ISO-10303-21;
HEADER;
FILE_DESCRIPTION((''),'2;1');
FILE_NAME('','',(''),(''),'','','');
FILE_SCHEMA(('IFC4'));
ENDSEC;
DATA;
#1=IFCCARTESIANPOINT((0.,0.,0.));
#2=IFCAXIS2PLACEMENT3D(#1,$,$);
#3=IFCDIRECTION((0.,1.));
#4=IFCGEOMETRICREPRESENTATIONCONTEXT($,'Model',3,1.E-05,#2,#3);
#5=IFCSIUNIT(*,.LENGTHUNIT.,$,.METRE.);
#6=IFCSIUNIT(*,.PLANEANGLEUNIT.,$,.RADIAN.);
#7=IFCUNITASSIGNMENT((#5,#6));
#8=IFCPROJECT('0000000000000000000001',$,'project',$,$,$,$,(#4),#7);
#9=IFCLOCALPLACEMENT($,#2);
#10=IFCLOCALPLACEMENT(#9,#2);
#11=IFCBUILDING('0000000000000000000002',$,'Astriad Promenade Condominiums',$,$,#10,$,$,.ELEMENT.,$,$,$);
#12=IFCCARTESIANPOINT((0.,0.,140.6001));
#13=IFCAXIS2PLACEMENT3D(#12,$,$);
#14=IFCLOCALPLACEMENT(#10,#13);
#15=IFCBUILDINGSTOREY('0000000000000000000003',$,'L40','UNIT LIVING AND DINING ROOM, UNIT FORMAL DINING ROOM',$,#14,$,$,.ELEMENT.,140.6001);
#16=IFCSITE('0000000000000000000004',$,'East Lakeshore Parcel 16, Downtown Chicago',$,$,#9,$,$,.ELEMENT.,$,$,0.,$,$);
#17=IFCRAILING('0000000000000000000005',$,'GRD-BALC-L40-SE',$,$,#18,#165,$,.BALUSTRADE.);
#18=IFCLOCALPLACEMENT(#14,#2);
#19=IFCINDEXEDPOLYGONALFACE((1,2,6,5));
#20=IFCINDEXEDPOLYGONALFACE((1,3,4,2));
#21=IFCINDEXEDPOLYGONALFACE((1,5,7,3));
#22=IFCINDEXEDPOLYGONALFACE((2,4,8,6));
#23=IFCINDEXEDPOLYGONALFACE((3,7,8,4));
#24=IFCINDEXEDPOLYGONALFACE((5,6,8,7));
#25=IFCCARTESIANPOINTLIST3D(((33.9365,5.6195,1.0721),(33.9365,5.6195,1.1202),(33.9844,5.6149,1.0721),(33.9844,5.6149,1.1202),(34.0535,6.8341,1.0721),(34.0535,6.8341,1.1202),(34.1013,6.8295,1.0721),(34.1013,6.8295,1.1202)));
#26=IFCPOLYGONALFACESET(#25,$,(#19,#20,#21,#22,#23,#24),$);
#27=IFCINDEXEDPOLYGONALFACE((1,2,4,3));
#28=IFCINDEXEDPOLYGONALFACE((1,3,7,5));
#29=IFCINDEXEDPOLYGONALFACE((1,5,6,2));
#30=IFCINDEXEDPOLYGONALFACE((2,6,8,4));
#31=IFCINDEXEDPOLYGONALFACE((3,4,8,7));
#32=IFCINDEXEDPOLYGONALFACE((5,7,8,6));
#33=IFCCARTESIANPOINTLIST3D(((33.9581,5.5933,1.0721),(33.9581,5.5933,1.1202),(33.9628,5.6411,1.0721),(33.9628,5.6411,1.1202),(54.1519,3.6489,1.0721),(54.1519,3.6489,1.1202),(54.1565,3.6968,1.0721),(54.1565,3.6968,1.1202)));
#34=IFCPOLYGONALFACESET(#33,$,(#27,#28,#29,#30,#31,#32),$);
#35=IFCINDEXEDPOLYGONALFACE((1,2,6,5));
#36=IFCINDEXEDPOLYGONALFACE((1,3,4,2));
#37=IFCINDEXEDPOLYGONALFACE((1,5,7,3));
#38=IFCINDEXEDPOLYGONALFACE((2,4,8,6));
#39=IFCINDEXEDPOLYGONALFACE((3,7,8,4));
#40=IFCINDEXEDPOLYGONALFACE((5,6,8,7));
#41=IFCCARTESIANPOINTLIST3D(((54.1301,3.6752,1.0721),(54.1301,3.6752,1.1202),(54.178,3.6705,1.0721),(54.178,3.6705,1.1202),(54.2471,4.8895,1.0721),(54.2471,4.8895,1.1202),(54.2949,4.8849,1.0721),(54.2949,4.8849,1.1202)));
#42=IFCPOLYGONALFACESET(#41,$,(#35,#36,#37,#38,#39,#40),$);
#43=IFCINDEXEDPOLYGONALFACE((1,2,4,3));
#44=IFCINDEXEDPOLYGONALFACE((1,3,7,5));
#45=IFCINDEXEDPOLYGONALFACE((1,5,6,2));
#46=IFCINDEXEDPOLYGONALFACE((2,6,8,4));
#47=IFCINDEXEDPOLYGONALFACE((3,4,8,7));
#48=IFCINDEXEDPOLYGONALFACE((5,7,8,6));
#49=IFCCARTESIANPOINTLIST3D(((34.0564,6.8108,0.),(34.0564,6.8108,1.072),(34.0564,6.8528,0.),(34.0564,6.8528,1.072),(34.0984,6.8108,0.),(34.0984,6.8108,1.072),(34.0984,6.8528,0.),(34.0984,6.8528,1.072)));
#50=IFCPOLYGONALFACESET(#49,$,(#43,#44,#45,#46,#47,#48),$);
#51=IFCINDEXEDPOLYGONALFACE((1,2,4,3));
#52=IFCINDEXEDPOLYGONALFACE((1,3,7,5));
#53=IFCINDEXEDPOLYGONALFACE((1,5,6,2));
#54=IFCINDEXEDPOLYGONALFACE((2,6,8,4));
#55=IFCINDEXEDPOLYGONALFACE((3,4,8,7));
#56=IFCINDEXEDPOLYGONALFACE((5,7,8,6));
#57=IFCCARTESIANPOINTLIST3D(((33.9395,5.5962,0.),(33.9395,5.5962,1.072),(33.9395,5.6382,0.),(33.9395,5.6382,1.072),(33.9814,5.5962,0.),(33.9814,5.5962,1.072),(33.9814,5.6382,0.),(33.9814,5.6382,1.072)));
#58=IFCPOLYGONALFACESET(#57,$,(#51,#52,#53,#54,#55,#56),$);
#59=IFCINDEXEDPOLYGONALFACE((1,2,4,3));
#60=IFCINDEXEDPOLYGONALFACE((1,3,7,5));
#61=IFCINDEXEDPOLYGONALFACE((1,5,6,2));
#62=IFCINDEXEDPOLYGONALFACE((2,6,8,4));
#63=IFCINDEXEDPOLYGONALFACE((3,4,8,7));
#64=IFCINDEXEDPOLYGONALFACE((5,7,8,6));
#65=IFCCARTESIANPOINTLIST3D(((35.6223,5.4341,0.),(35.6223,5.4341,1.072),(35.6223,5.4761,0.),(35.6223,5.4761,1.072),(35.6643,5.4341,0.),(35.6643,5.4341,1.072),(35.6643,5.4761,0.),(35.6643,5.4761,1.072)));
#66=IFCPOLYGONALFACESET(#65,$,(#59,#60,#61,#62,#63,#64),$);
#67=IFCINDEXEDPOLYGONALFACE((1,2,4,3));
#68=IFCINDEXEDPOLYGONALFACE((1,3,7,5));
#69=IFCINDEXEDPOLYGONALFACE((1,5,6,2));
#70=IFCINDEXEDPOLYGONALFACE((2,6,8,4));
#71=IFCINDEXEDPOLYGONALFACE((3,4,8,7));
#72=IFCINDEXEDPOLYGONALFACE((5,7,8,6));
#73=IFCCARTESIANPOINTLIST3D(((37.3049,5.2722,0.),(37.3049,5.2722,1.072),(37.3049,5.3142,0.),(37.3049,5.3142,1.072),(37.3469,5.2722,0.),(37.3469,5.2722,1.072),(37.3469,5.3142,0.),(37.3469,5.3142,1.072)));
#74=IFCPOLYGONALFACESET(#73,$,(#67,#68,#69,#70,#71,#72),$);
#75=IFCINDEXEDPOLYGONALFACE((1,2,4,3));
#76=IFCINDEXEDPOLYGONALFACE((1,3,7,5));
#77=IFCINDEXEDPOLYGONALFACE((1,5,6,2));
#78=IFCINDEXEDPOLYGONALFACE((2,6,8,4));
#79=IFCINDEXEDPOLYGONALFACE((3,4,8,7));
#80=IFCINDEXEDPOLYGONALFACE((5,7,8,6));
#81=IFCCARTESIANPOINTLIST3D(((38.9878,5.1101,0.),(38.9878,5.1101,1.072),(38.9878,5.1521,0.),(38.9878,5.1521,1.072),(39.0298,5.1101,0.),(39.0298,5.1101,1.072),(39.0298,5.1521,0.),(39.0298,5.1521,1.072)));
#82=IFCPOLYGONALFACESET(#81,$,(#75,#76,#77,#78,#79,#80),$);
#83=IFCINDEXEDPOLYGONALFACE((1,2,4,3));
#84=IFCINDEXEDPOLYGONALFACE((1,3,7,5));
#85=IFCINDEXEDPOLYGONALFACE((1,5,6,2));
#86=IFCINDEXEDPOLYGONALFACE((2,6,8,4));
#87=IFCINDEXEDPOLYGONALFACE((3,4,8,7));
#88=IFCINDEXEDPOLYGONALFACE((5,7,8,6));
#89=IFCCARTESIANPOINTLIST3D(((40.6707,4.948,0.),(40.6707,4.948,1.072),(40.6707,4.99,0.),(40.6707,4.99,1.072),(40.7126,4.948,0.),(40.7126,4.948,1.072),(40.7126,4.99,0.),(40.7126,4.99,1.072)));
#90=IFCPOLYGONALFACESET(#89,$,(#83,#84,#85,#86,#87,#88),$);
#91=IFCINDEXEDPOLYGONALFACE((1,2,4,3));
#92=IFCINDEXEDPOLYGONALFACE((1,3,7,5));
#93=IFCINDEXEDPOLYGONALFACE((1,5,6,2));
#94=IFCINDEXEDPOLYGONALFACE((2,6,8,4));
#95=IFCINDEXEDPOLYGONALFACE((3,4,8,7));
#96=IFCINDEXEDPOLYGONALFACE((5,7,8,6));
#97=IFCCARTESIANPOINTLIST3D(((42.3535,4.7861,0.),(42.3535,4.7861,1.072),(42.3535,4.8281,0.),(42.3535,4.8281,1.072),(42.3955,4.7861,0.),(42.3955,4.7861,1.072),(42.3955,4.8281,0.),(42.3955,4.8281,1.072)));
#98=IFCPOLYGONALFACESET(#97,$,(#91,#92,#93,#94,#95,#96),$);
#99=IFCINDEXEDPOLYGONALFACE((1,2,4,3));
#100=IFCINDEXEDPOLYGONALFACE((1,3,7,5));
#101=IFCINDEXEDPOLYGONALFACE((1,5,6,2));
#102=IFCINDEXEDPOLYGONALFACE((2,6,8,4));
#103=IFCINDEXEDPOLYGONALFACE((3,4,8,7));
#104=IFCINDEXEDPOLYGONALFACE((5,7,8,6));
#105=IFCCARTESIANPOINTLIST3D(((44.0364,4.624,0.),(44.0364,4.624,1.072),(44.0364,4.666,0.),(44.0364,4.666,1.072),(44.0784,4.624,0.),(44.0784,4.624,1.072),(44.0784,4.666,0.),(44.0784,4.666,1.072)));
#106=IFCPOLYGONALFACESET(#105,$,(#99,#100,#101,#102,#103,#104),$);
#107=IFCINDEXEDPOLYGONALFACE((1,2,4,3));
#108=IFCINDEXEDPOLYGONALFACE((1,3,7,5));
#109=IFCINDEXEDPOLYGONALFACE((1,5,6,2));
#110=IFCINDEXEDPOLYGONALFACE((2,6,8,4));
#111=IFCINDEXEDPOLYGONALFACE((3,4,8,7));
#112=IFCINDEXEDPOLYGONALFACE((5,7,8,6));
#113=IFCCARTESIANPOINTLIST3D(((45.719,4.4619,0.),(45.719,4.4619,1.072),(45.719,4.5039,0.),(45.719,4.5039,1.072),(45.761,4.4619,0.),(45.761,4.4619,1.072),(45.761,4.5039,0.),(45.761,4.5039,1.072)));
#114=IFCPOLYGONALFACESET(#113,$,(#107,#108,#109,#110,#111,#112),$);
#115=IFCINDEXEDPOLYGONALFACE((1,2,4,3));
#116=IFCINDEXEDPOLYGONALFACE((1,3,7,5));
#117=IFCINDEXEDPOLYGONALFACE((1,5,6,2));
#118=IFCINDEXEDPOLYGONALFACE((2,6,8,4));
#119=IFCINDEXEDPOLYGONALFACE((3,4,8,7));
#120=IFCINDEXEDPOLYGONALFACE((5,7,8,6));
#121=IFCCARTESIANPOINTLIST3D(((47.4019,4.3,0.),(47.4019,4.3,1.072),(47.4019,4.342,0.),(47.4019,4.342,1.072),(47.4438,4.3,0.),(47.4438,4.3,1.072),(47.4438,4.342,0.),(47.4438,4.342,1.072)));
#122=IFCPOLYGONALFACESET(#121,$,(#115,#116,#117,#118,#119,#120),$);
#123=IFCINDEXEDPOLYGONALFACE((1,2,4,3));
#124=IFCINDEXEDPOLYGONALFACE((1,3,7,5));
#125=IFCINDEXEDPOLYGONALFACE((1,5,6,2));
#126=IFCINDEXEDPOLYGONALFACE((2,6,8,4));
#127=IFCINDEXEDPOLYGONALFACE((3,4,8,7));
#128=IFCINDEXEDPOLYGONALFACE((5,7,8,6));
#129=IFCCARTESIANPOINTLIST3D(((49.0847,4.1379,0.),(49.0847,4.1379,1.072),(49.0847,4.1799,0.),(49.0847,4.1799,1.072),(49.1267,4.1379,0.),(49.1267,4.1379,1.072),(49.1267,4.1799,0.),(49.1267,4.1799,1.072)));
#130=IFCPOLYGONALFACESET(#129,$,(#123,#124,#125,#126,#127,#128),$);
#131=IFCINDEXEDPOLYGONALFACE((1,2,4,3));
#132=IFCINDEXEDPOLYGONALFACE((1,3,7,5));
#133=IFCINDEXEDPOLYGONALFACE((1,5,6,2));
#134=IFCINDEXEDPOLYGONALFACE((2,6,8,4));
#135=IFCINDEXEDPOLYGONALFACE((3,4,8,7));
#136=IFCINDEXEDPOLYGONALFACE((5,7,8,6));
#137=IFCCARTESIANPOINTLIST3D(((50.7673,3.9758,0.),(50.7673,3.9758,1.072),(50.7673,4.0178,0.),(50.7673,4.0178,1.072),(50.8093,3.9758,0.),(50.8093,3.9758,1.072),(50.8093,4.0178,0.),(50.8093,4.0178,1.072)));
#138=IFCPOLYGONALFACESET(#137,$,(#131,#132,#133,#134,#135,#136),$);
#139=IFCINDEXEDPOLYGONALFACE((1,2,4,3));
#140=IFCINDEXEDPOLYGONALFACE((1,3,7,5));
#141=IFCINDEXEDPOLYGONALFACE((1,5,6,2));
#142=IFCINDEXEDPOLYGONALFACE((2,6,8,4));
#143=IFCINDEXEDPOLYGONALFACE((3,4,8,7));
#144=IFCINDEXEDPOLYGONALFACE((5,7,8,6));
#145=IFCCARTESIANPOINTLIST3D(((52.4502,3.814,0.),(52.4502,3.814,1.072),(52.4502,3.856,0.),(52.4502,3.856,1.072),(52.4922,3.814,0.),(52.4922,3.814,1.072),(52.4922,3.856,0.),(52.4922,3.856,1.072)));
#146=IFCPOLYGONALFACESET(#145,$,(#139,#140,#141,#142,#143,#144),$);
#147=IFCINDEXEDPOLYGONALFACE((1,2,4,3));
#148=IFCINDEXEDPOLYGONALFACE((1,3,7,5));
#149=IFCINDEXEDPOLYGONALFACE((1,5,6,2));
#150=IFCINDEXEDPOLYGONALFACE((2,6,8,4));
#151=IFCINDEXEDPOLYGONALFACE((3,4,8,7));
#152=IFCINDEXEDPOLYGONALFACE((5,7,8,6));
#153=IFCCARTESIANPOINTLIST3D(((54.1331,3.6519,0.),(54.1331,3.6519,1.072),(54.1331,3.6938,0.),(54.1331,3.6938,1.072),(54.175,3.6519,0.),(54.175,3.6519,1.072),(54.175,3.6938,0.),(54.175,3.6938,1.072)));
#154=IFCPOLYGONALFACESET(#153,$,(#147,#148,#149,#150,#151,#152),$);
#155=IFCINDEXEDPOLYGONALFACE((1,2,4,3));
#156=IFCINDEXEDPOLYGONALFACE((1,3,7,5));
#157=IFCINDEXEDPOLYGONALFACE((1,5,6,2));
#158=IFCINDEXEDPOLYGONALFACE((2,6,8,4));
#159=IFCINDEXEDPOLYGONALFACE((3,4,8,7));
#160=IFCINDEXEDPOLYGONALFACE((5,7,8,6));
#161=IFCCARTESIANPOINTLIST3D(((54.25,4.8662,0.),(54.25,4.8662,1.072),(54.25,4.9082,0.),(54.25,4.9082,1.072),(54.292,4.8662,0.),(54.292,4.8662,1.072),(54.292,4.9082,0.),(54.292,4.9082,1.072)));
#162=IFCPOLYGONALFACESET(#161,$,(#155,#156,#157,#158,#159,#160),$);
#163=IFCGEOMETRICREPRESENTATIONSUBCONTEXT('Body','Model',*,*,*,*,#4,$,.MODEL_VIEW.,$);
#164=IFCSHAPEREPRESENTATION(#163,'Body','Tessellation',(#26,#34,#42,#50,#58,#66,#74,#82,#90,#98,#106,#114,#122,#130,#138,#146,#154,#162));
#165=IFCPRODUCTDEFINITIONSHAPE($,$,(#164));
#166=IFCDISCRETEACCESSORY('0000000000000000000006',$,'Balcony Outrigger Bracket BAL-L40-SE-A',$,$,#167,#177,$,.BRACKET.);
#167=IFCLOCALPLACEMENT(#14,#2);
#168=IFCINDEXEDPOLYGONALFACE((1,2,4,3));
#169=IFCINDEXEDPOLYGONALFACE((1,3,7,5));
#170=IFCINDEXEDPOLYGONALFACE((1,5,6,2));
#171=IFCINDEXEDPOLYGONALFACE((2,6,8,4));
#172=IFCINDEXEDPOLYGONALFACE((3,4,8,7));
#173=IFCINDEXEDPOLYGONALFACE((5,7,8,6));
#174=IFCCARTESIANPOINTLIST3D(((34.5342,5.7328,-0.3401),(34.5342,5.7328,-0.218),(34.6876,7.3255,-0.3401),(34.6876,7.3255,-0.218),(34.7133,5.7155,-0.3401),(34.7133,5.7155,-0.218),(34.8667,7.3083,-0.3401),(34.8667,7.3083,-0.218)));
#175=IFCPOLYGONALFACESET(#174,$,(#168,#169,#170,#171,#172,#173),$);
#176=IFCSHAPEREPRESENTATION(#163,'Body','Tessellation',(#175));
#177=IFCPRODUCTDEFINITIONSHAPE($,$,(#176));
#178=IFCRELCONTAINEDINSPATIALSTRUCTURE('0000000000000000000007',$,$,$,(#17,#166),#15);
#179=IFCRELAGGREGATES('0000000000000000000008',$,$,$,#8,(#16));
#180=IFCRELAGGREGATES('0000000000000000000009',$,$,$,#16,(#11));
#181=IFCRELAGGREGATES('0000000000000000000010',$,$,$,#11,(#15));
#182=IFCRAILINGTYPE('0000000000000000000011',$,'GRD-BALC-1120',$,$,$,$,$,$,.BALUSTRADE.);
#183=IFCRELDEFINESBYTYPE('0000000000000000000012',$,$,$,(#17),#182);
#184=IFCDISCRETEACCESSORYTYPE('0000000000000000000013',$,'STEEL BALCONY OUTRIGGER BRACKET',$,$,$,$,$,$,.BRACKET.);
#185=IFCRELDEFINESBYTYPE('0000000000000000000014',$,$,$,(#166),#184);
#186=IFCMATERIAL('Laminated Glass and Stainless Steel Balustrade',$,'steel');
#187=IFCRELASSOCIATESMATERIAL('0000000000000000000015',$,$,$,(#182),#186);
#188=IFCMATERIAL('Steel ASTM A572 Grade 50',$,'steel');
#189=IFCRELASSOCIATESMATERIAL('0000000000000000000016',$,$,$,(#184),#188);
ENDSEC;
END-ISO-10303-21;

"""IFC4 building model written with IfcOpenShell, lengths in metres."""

from ifc_helpers import new_model, si_unit, direction, frame, origin, origin_2d, place, context, subcontext, project, spatial, rectangle, extrude, source, transform, mapped, material, type_object, type_shapes, element, save


model = new_model("IFC4")

# Units and contexts
model_context = context("Model", 3, precision=1e-05, world=origin(), true_north=direction((0.0, 1.0)))
body_context = subcontext(model_context, "Body", "Model", "MODEL_VIEW")
ifc_project = project(units=[si_unit("LENGTHUNIT", "METRE"), si_unit("PLANEANGLEUNIT", "RADIAN")], contexts=[model_context])

# Site, building, storey
site_placement = place(None, origin())
site = spatial("IfcSite", under=ifc_project, at=site_placement, Name="East Lakeshore Parcel 16, Downtown Chicago", CompositionType="ELEMENT", RefElevation=0.0)
building_placement = place(site_placement, origin())
building = spatial("IfcBuilding", under=site, at=building_placement, Name="Astriad Promenade Condominiums", CompositionType="ELEMENT")
storey_placement = place(building_placement, frame((0.0, 0.0, 140.6001)))
storey = spatial("IfcBuildingStorey", under=building, at=storey_placement, Name="L40", Description="UNIT LIVING AND DINING ROOM, UNIT FORMAL DINING ROOM", CompositionType="ELEMENT", Elevation=140.6001)

# Railing
ifc_material_1 = material(Name="Laminated Glass and Stainless Steel Balustrade", Category="steel")
railing_type = type_object("IfcRailingType", Name="GRD-BALC-1120", PredefinedType="BALUSTRADE", material=ifc_material_1)
shared_shape_1 = source(origin(), body_context, "Body", "SweptSolid", [
    extrude(rectangle(XDim=0.0481, YDim=0.0481, at=origin_2d()), frame((0.0, 0.0, 1.0962), z_axis=(-0.095838, -0.995397, 0.0), x_axis=(0.995397, -0.095838, 0.0)), (0.0, 0.0, 1.0), 1.2202),
    extrude(rectangle(XDim=0.0481, YDim=0.0481, at=origin_2d()), frame((-0.1169, -1.2146, 1.0962), z_axis=(0.995397, -0.095842, 0.0), x_axis=(0.095842, 0.995397, 0.0)), (0.0, 0.0, 1.0), 20.2871),
    extrude(rectangle(XDim=0.0481, YDim=0.0481, at=origin_2d()), frame((20.0767, -3.1589, 1.0962), z_axis=(0.095857, 0.995395, 0.0), x_axis=(-0.995395, 0.095857, 0.0)), (0.0, 0.0, 1.0), 1.22),
    extrude(rectangle(XDim=0.042, YDim=0.042, at=origin_2d()), origin(), (0.0, 0.0, 1.0), 1.072),
    extrude(rectangle(XDim=0.042, YDim=0.042, at=origin_2d()), frame((-0.1169, -1.2146, 0.0)), (0.0, 0.0, 1.0), 1.072),
    extrude(rectangle(XDim=0.042, YDim=0.042, at=origin_2d()), frame((1.5659, -1.3767, 0.0)), (0.0, 0.0, 1.0), 1.072),
    extrude(rectangle(XDim=0.042, YDim=0.042, at=origin_2d()), frame((3.2485, -1.5386, 0.0)), (0.0, 0.0, 1.0), 1.072),
    extrude(rectangle(XDim=0.042, YDim=0.042, at=origin_2d()), frame((4.9314, -1.7007, 0.0)), (0.0, 0.0, 1.0), 1.072),
    extrude(rectangle(XDim=0.042, YDim=0.042, at=origin_2d()), frame((6.6143, -1.8628, 0.0)), (0.0, 0.0, 1.0), 1.072),
    extrude(rectangle(XDim=0.042, YDim=0.042, at=origin_2d()), frame((8.2971, -2.0247, 0.0)), (0.0, 0.0, 1.0), 1.072),
    extrude(rectangle(XDim=0.042, YDim=0.042, at=origin_2d()), frame((9.98, -2.1868, 0.0)), (0.0, 0.0, 1.0), 1.072),
    extrude(rectangle(XDim=0.042, YDim=0.042, at=origin_2d()), frame((11.6626, -2.3489, 0.0)), (0.0, 0.0, 1.0), 1.072),
    extrude(rectangle(XDim=0.042, YDim=0.042, at=origin_2d()), frame((13.3455, -2.5107, 0.0)), (0.0, 0.0, 1.0), 1.072),
    extrude(rectangle(XDim=0.042, YDim=0.042, at=origin_2d()), frame((15.0283, -2.6729, 0.0)), (0.0, 0.0, 1.0), 1.072),
    extrude(rectangle(XDim=0.042, YDim=0.042, at=origin_2d()), frame((16.7109, -2.835, 0.0)), (0.0, 0.0, 1.0), 1.072),
    extrude(rectangle(XDim=0.042, YDim=0.042, at=origin_2d()), frame((18.3938, -2.9968, 0.0)), (0.0, 0.0, 1.0), 1.072),
    extrude(rectangle(XDim=0.042, YDim=0.042, at=origin_2d()), frame((20.0767, -3.1589, 0.0)), (0.0, 0.0, 1.0), 1.072),
    extrude(rectangle(XDim=0.042, YDim=0.042, at=origin_2d()), frame((20.1936, -1.9446, 0.0)), (0.0, 0.0, 1.0), 1.072),
])
type_shapes(railing_type, [shared_shape_1])
railing_placement = place(storey_placement, frame((34.0774, 6.8318, 0.0)))
element("IfcRailing", 1, at=railing_placement, inside=storey, type_object=railing_type, Name="GRD-BALC-L40-SE", PredefinedType="BALUSTRADE", context=body_context, shape_type="MappedRepresentation", body=[
    mapped(shared_shape_1, transform((0.0, 0.0, 0.0), scale=1.0)),
])

# Discrete accessory
ifc_material_2 = material(Name="Steel ASTM A572 Grade 50", Category="steel")
discrete_accessory_type = type_object("IfcDiscreteAccessoryType", Name="STEEL BALCONY OUTRIGGER BRACKET", PredefinedType="BRACKET", material=ifc_material_2)
shared_shape_2 = source(origin(), body_context, "Body", "SweptSolid", [
    extrude(rectangle(XDim=1.6001, YDim=0.1799, at=origin_2d()), origin(), (0.0, 0.0, 1.0), 0.1221),
])
type_shapes(discrete_accessory_type, [shared_shape_2])
discrete_accessory_placement = place(storey_placement, frame((34.7004, 6.5205, -0.3401), z_axis=(0.0, 0.0, 1.0), x_axis=(-0.095846, -0.995396, 0.0)))
element("IfcDiscreteAccessory", 2, at=discrete_accessory_placement, inside=storey, type_object=discrete_accessory_type, Name="Balcony Outrigger Bracket BAL-L40-SE-A", PredefinedType="BRACKET", context=body_context, shape_type="MappedRepresentation", body=[
    mapped(shared_shape_2, transform((0.0, 0.0, 0.0), scale=1.0)),
])

save(model, "model.ifc")
